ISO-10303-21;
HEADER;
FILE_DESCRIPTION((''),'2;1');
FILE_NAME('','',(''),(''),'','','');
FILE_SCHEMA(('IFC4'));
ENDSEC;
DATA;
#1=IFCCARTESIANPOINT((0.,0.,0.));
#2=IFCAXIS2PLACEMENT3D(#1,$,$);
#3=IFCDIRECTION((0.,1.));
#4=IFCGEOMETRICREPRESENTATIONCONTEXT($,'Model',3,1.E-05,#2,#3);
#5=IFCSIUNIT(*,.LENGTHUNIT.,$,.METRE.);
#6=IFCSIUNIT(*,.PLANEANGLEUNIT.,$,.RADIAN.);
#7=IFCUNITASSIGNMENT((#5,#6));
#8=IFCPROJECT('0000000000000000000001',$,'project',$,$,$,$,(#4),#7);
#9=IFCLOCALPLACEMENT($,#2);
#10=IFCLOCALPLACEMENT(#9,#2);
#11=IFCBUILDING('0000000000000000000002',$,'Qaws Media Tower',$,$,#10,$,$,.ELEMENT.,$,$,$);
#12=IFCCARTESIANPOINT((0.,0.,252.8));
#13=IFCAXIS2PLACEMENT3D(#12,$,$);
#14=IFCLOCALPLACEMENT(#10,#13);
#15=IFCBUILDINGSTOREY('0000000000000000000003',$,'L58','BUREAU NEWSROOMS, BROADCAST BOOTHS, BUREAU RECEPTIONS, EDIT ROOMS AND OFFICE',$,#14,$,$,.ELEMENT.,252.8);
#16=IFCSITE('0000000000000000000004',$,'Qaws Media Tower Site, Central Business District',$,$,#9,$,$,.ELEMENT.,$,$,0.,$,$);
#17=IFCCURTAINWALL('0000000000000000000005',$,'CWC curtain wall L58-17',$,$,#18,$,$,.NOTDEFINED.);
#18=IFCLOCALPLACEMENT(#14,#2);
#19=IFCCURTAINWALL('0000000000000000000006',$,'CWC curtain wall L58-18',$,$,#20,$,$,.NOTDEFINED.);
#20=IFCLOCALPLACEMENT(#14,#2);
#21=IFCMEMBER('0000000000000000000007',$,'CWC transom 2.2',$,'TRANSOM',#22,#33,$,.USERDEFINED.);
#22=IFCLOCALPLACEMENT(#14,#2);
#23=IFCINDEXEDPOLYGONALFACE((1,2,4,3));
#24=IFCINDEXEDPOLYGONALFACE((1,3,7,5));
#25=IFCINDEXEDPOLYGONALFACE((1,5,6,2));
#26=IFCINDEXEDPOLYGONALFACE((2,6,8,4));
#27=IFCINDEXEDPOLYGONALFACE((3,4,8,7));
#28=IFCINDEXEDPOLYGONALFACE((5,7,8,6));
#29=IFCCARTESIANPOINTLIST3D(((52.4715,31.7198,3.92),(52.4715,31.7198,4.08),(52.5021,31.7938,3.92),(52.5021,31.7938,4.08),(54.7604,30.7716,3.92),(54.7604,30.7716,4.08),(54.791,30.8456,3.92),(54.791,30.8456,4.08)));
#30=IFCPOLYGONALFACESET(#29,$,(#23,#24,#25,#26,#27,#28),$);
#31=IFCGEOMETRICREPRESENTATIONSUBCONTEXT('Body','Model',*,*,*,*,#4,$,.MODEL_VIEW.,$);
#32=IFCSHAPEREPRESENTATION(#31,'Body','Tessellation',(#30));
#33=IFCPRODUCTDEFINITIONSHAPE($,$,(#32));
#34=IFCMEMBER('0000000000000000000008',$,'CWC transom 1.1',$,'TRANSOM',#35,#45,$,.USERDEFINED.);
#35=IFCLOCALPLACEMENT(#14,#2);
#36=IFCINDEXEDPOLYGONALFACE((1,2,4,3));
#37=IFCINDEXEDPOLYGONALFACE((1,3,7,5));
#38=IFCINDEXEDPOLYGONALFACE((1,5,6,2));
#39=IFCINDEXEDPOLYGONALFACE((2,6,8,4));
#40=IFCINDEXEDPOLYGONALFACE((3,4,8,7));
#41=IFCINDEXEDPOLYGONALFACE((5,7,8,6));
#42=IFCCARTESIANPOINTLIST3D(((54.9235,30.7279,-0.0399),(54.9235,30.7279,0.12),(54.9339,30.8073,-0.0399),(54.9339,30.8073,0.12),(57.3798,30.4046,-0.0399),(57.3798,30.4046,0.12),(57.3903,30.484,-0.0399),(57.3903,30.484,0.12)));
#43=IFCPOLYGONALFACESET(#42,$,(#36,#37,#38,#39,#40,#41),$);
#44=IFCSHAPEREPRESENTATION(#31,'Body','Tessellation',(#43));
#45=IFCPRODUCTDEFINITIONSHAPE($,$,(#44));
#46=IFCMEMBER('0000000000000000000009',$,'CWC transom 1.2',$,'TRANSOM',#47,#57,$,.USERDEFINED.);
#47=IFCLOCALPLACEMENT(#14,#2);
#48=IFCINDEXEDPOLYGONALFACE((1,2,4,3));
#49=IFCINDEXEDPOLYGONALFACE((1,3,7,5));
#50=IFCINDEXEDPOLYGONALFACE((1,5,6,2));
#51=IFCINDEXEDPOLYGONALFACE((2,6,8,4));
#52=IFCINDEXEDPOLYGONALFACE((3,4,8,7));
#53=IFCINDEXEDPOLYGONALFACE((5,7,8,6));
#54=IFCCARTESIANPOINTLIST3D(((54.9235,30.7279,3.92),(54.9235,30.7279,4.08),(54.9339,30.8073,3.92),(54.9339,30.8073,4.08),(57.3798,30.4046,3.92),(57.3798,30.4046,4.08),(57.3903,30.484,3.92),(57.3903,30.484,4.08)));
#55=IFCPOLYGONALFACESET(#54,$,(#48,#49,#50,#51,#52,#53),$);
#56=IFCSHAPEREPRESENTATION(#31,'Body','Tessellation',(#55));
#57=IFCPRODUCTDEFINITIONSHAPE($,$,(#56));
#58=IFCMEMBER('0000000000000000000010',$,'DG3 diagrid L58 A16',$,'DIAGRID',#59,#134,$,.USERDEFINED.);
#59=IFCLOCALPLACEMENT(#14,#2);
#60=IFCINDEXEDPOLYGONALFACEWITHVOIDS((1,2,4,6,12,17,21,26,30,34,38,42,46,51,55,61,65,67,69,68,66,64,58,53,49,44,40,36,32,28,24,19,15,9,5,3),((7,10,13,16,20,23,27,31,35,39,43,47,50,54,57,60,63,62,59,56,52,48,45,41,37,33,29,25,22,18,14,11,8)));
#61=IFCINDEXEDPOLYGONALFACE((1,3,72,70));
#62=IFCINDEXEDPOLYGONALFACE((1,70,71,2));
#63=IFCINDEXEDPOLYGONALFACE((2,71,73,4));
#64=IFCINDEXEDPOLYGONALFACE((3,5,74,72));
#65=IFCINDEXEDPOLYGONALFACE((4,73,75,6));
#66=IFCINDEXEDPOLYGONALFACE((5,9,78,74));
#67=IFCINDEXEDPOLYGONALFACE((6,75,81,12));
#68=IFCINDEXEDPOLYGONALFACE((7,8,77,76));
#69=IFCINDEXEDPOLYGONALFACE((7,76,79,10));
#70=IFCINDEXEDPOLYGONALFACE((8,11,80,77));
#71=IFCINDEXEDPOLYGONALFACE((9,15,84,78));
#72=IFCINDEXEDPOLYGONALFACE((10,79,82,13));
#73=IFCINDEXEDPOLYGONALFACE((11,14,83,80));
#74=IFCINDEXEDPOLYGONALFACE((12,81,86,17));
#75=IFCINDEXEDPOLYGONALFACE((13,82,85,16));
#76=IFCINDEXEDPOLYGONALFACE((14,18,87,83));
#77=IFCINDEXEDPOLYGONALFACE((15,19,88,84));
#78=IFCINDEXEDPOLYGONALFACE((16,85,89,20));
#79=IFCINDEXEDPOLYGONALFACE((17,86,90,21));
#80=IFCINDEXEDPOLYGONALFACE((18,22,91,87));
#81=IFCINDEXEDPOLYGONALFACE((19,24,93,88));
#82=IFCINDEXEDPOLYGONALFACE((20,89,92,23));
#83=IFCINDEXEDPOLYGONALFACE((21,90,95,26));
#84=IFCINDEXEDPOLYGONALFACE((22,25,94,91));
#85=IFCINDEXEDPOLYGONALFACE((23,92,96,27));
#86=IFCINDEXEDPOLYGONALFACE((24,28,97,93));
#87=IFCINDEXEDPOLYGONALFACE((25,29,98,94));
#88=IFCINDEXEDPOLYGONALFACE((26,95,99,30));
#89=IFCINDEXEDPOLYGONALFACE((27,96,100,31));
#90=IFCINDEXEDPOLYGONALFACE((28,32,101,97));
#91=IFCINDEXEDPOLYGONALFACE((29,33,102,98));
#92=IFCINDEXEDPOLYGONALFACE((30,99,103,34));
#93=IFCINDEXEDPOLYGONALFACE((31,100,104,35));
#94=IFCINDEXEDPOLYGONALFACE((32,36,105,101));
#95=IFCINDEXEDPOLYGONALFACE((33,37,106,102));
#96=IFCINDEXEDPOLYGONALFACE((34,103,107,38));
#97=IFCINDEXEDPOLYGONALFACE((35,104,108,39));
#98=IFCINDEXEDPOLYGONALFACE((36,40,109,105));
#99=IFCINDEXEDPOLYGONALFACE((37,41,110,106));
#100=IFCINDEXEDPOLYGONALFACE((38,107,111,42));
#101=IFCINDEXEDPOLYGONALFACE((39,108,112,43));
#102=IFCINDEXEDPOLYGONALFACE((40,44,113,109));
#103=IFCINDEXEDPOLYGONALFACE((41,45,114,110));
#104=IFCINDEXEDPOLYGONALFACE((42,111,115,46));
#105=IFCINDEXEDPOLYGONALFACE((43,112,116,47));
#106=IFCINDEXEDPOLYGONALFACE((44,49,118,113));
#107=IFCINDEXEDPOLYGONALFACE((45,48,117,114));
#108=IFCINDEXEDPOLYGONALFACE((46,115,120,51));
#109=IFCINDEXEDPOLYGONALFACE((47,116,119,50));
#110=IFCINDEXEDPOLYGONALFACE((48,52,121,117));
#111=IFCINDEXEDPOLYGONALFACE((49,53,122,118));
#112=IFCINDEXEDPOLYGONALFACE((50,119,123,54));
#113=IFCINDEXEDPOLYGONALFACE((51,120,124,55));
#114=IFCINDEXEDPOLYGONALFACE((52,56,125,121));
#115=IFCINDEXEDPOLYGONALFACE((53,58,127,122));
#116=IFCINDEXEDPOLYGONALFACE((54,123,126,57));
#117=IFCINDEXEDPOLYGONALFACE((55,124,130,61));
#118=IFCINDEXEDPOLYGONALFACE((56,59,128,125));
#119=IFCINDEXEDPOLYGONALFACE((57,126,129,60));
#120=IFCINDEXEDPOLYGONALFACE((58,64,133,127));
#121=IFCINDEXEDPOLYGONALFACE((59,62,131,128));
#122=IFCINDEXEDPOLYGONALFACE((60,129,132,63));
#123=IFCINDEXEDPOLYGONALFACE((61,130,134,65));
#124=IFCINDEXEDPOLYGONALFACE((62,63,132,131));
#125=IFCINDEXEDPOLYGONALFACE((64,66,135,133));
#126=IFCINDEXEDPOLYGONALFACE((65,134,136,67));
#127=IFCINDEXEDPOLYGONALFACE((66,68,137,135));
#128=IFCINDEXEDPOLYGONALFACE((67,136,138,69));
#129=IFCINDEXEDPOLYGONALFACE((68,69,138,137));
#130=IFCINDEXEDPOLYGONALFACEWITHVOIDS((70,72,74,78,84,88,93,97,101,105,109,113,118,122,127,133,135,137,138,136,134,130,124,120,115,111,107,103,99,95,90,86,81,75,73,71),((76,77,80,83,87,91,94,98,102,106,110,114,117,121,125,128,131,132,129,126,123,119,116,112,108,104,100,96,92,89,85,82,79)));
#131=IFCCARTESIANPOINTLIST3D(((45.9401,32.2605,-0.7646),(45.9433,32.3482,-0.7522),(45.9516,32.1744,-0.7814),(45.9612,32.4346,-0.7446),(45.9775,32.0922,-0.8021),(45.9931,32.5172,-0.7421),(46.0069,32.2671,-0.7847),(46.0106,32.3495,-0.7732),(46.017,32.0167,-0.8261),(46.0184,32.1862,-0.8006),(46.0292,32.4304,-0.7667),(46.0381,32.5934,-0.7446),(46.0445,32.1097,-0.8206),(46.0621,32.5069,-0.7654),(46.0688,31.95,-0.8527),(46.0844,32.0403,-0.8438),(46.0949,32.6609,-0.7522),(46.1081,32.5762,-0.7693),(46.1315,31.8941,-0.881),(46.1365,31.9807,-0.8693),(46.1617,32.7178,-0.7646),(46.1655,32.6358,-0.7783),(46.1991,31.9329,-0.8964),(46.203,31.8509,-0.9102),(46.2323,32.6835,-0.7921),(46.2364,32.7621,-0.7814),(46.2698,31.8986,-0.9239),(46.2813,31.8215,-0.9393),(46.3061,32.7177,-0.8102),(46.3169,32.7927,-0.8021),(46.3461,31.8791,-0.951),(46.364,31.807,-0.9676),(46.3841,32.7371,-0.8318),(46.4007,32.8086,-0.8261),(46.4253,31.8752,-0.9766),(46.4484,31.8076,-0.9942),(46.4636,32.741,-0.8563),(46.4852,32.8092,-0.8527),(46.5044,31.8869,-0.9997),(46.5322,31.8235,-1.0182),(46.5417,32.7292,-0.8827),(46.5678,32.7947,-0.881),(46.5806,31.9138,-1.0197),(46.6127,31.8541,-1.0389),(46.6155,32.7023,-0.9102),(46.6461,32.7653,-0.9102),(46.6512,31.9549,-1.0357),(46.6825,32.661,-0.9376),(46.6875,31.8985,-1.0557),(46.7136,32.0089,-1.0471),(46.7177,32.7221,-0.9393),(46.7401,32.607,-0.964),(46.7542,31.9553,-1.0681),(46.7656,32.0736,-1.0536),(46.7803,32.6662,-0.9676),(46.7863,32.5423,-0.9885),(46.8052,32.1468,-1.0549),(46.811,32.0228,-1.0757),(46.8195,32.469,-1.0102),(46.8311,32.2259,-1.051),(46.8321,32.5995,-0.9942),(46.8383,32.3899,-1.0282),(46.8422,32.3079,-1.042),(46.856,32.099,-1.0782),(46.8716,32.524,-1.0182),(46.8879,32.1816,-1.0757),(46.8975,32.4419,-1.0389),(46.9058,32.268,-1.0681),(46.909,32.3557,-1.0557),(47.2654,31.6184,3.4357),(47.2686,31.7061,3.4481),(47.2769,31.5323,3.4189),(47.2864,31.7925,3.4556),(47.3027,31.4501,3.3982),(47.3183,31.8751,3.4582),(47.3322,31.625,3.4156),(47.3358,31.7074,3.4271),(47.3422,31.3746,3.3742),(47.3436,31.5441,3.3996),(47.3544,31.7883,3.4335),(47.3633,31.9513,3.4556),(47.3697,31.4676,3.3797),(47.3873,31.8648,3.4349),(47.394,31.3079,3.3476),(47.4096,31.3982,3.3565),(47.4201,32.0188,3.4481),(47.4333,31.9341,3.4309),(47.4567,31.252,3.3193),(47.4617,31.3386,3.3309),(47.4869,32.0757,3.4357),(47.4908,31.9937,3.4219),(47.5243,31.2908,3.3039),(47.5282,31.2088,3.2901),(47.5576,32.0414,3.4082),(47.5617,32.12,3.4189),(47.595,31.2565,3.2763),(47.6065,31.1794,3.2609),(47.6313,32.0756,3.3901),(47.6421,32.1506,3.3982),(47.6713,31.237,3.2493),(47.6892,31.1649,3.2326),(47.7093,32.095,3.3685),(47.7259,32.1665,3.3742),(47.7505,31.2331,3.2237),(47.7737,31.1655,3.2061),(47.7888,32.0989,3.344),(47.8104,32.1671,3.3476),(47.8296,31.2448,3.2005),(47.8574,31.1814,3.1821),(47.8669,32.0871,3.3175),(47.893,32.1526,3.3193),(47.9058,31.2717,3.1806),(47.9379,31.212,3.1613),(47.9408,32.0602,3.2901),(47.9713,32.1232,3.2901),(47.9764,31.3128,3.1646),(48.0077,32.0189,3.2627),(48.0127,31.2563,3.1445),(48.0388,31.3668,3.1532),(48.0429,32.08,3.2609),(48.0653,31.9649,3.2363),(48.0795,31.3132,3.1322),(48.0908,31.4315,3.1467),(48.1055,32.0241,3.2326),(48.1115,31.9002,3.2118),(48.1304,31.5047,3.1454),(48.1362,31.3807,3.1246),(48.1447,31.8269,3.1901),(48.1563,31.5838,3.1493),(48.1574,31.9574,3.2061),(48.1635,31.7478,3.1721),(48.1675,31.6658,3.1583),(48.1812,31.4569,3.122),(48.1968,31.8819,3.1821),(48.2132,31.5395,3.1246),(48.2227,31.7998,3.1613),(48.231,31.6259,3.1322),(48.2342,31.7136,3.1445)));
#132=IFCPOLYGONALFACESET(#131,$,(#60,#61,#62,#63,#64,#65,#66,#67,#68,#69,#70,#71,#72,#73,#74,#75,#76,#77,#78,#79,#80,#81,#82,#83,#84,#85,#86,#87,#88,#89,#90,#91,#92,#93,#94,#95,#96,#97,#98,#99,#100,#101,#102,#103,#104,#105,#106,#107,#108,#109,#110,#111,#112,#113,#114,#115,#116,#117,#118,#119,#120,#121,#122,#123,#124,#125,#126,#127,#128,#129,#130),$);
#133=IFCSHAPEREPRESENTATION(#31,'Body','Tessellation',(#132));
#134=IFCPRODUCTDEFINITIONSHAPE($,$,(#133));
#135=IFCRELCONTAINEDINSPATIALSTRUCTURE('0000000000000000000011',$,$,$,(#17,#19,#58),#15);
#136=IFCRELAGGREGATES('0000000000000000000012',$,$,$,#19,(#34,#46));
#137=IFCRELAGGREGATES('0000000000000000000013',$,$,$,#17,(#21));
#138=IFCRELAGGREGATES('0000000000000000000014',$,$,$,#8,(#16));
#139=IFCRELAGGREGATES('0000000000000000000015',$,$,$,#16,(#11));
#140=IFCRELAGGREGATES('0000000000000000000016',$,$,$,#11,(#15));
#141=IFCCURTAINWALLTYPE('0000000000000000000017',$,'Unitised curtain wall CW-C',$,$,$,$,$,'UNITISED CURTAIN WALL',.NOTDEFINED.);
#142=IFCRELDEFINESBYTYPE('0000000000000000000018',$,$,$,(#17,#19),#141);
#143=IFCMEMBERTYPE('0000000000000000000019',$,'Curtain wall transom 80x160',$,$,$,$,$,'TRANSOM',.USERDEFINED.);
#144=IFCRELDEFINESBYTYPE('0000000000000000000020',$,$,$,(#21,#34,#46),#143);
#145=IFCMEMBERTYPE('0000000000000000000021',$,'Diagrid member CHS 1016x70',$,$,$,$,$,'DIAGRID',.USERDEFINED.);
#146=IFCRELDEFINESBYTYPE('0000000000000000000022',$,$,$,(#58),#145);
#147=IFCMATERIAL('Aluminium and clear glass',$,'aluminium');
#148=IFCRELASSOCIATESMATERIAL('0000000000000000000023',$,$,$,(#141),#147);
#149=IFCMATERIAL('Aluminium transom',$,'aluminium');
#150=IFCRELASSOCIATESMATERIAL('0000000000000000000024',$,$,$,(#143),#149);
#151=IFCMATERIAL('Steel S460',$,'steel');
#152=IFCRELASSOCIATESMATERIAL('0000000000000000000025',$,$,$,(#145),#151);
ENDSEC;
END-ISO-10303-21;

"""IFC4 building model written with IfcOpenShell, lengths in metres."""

from ifc_helpers import new_model, si_unit, direction, frame, origin, origin_2d, place, context, subcontext, project, spatial, rectangle, hollow_circle, extrude, material, material_profile, profile_set, type_object, element, aggregate, save


model = new_model("IFC4")

# Units and contexts
model_context = context("Model", 3, precision=1e-05, world=origin(), true_north=direction((0.0, 1.0)))
body_context = subcontext(model_context, "Body", "Model", "MODEL_VIEW")
ifc_project = project(units=[si_unit("LENGTHUNIT", "METRE"), si_unit("PLANEANGLEUNIT", "RADIAN")], contexts=[model_context])

# Site, building, storey
site_placement = place(None, origin())
site = spatial("IfcSite", under=ifc_project, at=site_placement, Name="Qaws Media Tower Site, Central Business District", CompositionType="ELEMENT", RefElevation=0.0)
building_placement = place(site_placement, origin())
building = spatial("IfcBuilding", under=site, at=building_placement, Name="Qaws Media Tower", CompositionType="ELEMENT")
storey_placement = place(building_placement, frame((0.0, 0.0, 252.8)))
storey = spatial("IfcBuildingStorey", under=building, at=storey_placement, Name="L58", Description="BUREAU NEWSROOMS, BROADCAST BOOTHS, BUREAU RECEPTIONS, EDIT ROOMS AND OFFICE", CompositionType="ELEMENT", Elevation=252.8)

# Curtain wall
ifc_material_1 = material(Name="Aluminium and clear glass", Category="aluminium")
curtain_wall_type = type_object("IfcCurtainWallType", Name="Unitised curtain wall CW-C", ElementType="UNITISED CURTAIN WALL", PredefinedType="NOTDEFINED", material=ifc_material_1)
curtain_wall_1_placement = place(storey_placement, origin())
curtain_wall_1 = element("IfcCurtainWall", 1, at=curtain_wall_1_placement, inside=storey, type_object=curtain_wall_type, Name="CWC curtain wall L58-17", PredefinedType="NOTDEFINED")

# Curtain wall
curtain_wall_2_placement = place(storey_placement, origin())
curtain_wall_2 = element("IfcCurtainWall", 2, at=curtain_wall_2_placement, inside=storey, type_object=curtain_wall_type, Name="CWC curtain wall L58-18", PredefinedType="NOTDEFINED")

# Members
ifc_material_2 = material(Name="Aluminium transom", Category="aluminium")
ifc_material_profile_1 = material_profile(ifc_material_2, rectangle(XDim=0.0801, YDim=0.1599, at=origin_2d()), Name="80x160")
ifc_profile_set_1 = profile_set([ifc_material_profile_1], Name="Aluminium transom")
member_type_1 = type_object("IfcMemberType", Name="Curtain wall transom 80x160", ElementType="TRANSOM", PredefinedType="USERDEFINED", material=ifc_profile_set_1)
member_1_placement = place(storey_placement, frame((52.4868, 31.7568, 4.0), z_axis=(0.923853, -0.382746, 0.0), x_axis=(0.382746, 0.923853, 0.0)))
member_1 = element("IfcMember", 3, at=member_1_placement, type_object=member_type_1, Name="CWC transom 2.2", ObjectType="TRANSOM", PredefinedType="USERDEFINED", context=body_context, shape_type="SweptSolid", body=[
    extrude(rectangle(XDim=0.0801, YDim=0.1599, at=origin_2d()), origin(), (0.0, 0.0, 1.0), 2.4775),
])
member_2_placement = place(storey_placement, frame((54.9287, 30.7676, 0.04), z_axis=(0.991452, -0.130472, 0.0), x_axis=(0.130472, 0.991452, 0.0)))
member_2 = element("IfcMember", 4, at=member_2_placement, type_object=member_type_1, Name="CWC transom 1.1", ObjectType="TRANSOM", PredefinedType="USERDEFINED", context=body_context, shape_type="SweptSolid", body=[
    extrude(rectangle(XDim=0.0801, YDim=0.1599, at=origin_2d()), origin(), (0.0, 0.0, 1.0), 2.4775),
])
member_3_placement = place(storey_placement, frame((54.9287, 30.7676, 4.0), z_axis=(0.991452, -0.130472, 0.0), x_axis=(0.130472, 0.991452, 0.0)))
member_3 = element("IfcMember", 5, at=member_3_placement, type_object=member_type_1, Name="CWC transom 1.2", ObjectType="TRANSOM", PredefinedType="USERDEFINED", context=body_context, shape_type="SweptSolid", body=[
    extrude(rectangle(XDim=0.0801, YDim=0.1599, at=origin_2d()), origin(), (0.0, 0.0, 1.0), 2.4775),
])
aggregate(curtain_wall_2, [member_2, member_3])

# Member
ifc_material_3 = material(Name="Steel S460", Category="steel")
ifc_material_profile_2 = material_profile(ifc_material_3, hollow_circle(Radius=0.5081, WallThickness=0.0701, at=origin_2d()), Name="CHS 1016x70")
ifc_profile_set_2 = profile_set([ifc_material_profile_2], Name="Steel S460")
member_type_2 = type_object("IfcMemberType", Name="Diagrid member CHS 1016x70", ElementType="DIAGRID", PredefinedType="USERDEFINED", material=ifc_profile_set_2)
for number, where, z_axis, x_axis, name in (
    (6, (46.4246, 32.3081, -0.9102), (0.29774, -0.144262, 0.943684), (0.436038, 0.899928, 0.0), "DG3 diagrid L58 A16"),
):
    element("IfcMember", number, at=place(storey_placement, frame(where, z_axis=z_axis, x_axis=x_axis)), inside=storey, type_object=member_type_2, Name=name, ObjectType="DIAGRID", PredefinedType="USERDEFINED", context=body_context, shape_type="SweptSolid", body=[
        extrude(hollow_circle(Radius=0.5081, WallThickness=0.0701, at=origin_2d()), origin(), (0.0, 0.0, 1.0), 4.4509),
    ])

aggregate(curtain_wall_1, [member_1])

save(model, "model.ifc")
